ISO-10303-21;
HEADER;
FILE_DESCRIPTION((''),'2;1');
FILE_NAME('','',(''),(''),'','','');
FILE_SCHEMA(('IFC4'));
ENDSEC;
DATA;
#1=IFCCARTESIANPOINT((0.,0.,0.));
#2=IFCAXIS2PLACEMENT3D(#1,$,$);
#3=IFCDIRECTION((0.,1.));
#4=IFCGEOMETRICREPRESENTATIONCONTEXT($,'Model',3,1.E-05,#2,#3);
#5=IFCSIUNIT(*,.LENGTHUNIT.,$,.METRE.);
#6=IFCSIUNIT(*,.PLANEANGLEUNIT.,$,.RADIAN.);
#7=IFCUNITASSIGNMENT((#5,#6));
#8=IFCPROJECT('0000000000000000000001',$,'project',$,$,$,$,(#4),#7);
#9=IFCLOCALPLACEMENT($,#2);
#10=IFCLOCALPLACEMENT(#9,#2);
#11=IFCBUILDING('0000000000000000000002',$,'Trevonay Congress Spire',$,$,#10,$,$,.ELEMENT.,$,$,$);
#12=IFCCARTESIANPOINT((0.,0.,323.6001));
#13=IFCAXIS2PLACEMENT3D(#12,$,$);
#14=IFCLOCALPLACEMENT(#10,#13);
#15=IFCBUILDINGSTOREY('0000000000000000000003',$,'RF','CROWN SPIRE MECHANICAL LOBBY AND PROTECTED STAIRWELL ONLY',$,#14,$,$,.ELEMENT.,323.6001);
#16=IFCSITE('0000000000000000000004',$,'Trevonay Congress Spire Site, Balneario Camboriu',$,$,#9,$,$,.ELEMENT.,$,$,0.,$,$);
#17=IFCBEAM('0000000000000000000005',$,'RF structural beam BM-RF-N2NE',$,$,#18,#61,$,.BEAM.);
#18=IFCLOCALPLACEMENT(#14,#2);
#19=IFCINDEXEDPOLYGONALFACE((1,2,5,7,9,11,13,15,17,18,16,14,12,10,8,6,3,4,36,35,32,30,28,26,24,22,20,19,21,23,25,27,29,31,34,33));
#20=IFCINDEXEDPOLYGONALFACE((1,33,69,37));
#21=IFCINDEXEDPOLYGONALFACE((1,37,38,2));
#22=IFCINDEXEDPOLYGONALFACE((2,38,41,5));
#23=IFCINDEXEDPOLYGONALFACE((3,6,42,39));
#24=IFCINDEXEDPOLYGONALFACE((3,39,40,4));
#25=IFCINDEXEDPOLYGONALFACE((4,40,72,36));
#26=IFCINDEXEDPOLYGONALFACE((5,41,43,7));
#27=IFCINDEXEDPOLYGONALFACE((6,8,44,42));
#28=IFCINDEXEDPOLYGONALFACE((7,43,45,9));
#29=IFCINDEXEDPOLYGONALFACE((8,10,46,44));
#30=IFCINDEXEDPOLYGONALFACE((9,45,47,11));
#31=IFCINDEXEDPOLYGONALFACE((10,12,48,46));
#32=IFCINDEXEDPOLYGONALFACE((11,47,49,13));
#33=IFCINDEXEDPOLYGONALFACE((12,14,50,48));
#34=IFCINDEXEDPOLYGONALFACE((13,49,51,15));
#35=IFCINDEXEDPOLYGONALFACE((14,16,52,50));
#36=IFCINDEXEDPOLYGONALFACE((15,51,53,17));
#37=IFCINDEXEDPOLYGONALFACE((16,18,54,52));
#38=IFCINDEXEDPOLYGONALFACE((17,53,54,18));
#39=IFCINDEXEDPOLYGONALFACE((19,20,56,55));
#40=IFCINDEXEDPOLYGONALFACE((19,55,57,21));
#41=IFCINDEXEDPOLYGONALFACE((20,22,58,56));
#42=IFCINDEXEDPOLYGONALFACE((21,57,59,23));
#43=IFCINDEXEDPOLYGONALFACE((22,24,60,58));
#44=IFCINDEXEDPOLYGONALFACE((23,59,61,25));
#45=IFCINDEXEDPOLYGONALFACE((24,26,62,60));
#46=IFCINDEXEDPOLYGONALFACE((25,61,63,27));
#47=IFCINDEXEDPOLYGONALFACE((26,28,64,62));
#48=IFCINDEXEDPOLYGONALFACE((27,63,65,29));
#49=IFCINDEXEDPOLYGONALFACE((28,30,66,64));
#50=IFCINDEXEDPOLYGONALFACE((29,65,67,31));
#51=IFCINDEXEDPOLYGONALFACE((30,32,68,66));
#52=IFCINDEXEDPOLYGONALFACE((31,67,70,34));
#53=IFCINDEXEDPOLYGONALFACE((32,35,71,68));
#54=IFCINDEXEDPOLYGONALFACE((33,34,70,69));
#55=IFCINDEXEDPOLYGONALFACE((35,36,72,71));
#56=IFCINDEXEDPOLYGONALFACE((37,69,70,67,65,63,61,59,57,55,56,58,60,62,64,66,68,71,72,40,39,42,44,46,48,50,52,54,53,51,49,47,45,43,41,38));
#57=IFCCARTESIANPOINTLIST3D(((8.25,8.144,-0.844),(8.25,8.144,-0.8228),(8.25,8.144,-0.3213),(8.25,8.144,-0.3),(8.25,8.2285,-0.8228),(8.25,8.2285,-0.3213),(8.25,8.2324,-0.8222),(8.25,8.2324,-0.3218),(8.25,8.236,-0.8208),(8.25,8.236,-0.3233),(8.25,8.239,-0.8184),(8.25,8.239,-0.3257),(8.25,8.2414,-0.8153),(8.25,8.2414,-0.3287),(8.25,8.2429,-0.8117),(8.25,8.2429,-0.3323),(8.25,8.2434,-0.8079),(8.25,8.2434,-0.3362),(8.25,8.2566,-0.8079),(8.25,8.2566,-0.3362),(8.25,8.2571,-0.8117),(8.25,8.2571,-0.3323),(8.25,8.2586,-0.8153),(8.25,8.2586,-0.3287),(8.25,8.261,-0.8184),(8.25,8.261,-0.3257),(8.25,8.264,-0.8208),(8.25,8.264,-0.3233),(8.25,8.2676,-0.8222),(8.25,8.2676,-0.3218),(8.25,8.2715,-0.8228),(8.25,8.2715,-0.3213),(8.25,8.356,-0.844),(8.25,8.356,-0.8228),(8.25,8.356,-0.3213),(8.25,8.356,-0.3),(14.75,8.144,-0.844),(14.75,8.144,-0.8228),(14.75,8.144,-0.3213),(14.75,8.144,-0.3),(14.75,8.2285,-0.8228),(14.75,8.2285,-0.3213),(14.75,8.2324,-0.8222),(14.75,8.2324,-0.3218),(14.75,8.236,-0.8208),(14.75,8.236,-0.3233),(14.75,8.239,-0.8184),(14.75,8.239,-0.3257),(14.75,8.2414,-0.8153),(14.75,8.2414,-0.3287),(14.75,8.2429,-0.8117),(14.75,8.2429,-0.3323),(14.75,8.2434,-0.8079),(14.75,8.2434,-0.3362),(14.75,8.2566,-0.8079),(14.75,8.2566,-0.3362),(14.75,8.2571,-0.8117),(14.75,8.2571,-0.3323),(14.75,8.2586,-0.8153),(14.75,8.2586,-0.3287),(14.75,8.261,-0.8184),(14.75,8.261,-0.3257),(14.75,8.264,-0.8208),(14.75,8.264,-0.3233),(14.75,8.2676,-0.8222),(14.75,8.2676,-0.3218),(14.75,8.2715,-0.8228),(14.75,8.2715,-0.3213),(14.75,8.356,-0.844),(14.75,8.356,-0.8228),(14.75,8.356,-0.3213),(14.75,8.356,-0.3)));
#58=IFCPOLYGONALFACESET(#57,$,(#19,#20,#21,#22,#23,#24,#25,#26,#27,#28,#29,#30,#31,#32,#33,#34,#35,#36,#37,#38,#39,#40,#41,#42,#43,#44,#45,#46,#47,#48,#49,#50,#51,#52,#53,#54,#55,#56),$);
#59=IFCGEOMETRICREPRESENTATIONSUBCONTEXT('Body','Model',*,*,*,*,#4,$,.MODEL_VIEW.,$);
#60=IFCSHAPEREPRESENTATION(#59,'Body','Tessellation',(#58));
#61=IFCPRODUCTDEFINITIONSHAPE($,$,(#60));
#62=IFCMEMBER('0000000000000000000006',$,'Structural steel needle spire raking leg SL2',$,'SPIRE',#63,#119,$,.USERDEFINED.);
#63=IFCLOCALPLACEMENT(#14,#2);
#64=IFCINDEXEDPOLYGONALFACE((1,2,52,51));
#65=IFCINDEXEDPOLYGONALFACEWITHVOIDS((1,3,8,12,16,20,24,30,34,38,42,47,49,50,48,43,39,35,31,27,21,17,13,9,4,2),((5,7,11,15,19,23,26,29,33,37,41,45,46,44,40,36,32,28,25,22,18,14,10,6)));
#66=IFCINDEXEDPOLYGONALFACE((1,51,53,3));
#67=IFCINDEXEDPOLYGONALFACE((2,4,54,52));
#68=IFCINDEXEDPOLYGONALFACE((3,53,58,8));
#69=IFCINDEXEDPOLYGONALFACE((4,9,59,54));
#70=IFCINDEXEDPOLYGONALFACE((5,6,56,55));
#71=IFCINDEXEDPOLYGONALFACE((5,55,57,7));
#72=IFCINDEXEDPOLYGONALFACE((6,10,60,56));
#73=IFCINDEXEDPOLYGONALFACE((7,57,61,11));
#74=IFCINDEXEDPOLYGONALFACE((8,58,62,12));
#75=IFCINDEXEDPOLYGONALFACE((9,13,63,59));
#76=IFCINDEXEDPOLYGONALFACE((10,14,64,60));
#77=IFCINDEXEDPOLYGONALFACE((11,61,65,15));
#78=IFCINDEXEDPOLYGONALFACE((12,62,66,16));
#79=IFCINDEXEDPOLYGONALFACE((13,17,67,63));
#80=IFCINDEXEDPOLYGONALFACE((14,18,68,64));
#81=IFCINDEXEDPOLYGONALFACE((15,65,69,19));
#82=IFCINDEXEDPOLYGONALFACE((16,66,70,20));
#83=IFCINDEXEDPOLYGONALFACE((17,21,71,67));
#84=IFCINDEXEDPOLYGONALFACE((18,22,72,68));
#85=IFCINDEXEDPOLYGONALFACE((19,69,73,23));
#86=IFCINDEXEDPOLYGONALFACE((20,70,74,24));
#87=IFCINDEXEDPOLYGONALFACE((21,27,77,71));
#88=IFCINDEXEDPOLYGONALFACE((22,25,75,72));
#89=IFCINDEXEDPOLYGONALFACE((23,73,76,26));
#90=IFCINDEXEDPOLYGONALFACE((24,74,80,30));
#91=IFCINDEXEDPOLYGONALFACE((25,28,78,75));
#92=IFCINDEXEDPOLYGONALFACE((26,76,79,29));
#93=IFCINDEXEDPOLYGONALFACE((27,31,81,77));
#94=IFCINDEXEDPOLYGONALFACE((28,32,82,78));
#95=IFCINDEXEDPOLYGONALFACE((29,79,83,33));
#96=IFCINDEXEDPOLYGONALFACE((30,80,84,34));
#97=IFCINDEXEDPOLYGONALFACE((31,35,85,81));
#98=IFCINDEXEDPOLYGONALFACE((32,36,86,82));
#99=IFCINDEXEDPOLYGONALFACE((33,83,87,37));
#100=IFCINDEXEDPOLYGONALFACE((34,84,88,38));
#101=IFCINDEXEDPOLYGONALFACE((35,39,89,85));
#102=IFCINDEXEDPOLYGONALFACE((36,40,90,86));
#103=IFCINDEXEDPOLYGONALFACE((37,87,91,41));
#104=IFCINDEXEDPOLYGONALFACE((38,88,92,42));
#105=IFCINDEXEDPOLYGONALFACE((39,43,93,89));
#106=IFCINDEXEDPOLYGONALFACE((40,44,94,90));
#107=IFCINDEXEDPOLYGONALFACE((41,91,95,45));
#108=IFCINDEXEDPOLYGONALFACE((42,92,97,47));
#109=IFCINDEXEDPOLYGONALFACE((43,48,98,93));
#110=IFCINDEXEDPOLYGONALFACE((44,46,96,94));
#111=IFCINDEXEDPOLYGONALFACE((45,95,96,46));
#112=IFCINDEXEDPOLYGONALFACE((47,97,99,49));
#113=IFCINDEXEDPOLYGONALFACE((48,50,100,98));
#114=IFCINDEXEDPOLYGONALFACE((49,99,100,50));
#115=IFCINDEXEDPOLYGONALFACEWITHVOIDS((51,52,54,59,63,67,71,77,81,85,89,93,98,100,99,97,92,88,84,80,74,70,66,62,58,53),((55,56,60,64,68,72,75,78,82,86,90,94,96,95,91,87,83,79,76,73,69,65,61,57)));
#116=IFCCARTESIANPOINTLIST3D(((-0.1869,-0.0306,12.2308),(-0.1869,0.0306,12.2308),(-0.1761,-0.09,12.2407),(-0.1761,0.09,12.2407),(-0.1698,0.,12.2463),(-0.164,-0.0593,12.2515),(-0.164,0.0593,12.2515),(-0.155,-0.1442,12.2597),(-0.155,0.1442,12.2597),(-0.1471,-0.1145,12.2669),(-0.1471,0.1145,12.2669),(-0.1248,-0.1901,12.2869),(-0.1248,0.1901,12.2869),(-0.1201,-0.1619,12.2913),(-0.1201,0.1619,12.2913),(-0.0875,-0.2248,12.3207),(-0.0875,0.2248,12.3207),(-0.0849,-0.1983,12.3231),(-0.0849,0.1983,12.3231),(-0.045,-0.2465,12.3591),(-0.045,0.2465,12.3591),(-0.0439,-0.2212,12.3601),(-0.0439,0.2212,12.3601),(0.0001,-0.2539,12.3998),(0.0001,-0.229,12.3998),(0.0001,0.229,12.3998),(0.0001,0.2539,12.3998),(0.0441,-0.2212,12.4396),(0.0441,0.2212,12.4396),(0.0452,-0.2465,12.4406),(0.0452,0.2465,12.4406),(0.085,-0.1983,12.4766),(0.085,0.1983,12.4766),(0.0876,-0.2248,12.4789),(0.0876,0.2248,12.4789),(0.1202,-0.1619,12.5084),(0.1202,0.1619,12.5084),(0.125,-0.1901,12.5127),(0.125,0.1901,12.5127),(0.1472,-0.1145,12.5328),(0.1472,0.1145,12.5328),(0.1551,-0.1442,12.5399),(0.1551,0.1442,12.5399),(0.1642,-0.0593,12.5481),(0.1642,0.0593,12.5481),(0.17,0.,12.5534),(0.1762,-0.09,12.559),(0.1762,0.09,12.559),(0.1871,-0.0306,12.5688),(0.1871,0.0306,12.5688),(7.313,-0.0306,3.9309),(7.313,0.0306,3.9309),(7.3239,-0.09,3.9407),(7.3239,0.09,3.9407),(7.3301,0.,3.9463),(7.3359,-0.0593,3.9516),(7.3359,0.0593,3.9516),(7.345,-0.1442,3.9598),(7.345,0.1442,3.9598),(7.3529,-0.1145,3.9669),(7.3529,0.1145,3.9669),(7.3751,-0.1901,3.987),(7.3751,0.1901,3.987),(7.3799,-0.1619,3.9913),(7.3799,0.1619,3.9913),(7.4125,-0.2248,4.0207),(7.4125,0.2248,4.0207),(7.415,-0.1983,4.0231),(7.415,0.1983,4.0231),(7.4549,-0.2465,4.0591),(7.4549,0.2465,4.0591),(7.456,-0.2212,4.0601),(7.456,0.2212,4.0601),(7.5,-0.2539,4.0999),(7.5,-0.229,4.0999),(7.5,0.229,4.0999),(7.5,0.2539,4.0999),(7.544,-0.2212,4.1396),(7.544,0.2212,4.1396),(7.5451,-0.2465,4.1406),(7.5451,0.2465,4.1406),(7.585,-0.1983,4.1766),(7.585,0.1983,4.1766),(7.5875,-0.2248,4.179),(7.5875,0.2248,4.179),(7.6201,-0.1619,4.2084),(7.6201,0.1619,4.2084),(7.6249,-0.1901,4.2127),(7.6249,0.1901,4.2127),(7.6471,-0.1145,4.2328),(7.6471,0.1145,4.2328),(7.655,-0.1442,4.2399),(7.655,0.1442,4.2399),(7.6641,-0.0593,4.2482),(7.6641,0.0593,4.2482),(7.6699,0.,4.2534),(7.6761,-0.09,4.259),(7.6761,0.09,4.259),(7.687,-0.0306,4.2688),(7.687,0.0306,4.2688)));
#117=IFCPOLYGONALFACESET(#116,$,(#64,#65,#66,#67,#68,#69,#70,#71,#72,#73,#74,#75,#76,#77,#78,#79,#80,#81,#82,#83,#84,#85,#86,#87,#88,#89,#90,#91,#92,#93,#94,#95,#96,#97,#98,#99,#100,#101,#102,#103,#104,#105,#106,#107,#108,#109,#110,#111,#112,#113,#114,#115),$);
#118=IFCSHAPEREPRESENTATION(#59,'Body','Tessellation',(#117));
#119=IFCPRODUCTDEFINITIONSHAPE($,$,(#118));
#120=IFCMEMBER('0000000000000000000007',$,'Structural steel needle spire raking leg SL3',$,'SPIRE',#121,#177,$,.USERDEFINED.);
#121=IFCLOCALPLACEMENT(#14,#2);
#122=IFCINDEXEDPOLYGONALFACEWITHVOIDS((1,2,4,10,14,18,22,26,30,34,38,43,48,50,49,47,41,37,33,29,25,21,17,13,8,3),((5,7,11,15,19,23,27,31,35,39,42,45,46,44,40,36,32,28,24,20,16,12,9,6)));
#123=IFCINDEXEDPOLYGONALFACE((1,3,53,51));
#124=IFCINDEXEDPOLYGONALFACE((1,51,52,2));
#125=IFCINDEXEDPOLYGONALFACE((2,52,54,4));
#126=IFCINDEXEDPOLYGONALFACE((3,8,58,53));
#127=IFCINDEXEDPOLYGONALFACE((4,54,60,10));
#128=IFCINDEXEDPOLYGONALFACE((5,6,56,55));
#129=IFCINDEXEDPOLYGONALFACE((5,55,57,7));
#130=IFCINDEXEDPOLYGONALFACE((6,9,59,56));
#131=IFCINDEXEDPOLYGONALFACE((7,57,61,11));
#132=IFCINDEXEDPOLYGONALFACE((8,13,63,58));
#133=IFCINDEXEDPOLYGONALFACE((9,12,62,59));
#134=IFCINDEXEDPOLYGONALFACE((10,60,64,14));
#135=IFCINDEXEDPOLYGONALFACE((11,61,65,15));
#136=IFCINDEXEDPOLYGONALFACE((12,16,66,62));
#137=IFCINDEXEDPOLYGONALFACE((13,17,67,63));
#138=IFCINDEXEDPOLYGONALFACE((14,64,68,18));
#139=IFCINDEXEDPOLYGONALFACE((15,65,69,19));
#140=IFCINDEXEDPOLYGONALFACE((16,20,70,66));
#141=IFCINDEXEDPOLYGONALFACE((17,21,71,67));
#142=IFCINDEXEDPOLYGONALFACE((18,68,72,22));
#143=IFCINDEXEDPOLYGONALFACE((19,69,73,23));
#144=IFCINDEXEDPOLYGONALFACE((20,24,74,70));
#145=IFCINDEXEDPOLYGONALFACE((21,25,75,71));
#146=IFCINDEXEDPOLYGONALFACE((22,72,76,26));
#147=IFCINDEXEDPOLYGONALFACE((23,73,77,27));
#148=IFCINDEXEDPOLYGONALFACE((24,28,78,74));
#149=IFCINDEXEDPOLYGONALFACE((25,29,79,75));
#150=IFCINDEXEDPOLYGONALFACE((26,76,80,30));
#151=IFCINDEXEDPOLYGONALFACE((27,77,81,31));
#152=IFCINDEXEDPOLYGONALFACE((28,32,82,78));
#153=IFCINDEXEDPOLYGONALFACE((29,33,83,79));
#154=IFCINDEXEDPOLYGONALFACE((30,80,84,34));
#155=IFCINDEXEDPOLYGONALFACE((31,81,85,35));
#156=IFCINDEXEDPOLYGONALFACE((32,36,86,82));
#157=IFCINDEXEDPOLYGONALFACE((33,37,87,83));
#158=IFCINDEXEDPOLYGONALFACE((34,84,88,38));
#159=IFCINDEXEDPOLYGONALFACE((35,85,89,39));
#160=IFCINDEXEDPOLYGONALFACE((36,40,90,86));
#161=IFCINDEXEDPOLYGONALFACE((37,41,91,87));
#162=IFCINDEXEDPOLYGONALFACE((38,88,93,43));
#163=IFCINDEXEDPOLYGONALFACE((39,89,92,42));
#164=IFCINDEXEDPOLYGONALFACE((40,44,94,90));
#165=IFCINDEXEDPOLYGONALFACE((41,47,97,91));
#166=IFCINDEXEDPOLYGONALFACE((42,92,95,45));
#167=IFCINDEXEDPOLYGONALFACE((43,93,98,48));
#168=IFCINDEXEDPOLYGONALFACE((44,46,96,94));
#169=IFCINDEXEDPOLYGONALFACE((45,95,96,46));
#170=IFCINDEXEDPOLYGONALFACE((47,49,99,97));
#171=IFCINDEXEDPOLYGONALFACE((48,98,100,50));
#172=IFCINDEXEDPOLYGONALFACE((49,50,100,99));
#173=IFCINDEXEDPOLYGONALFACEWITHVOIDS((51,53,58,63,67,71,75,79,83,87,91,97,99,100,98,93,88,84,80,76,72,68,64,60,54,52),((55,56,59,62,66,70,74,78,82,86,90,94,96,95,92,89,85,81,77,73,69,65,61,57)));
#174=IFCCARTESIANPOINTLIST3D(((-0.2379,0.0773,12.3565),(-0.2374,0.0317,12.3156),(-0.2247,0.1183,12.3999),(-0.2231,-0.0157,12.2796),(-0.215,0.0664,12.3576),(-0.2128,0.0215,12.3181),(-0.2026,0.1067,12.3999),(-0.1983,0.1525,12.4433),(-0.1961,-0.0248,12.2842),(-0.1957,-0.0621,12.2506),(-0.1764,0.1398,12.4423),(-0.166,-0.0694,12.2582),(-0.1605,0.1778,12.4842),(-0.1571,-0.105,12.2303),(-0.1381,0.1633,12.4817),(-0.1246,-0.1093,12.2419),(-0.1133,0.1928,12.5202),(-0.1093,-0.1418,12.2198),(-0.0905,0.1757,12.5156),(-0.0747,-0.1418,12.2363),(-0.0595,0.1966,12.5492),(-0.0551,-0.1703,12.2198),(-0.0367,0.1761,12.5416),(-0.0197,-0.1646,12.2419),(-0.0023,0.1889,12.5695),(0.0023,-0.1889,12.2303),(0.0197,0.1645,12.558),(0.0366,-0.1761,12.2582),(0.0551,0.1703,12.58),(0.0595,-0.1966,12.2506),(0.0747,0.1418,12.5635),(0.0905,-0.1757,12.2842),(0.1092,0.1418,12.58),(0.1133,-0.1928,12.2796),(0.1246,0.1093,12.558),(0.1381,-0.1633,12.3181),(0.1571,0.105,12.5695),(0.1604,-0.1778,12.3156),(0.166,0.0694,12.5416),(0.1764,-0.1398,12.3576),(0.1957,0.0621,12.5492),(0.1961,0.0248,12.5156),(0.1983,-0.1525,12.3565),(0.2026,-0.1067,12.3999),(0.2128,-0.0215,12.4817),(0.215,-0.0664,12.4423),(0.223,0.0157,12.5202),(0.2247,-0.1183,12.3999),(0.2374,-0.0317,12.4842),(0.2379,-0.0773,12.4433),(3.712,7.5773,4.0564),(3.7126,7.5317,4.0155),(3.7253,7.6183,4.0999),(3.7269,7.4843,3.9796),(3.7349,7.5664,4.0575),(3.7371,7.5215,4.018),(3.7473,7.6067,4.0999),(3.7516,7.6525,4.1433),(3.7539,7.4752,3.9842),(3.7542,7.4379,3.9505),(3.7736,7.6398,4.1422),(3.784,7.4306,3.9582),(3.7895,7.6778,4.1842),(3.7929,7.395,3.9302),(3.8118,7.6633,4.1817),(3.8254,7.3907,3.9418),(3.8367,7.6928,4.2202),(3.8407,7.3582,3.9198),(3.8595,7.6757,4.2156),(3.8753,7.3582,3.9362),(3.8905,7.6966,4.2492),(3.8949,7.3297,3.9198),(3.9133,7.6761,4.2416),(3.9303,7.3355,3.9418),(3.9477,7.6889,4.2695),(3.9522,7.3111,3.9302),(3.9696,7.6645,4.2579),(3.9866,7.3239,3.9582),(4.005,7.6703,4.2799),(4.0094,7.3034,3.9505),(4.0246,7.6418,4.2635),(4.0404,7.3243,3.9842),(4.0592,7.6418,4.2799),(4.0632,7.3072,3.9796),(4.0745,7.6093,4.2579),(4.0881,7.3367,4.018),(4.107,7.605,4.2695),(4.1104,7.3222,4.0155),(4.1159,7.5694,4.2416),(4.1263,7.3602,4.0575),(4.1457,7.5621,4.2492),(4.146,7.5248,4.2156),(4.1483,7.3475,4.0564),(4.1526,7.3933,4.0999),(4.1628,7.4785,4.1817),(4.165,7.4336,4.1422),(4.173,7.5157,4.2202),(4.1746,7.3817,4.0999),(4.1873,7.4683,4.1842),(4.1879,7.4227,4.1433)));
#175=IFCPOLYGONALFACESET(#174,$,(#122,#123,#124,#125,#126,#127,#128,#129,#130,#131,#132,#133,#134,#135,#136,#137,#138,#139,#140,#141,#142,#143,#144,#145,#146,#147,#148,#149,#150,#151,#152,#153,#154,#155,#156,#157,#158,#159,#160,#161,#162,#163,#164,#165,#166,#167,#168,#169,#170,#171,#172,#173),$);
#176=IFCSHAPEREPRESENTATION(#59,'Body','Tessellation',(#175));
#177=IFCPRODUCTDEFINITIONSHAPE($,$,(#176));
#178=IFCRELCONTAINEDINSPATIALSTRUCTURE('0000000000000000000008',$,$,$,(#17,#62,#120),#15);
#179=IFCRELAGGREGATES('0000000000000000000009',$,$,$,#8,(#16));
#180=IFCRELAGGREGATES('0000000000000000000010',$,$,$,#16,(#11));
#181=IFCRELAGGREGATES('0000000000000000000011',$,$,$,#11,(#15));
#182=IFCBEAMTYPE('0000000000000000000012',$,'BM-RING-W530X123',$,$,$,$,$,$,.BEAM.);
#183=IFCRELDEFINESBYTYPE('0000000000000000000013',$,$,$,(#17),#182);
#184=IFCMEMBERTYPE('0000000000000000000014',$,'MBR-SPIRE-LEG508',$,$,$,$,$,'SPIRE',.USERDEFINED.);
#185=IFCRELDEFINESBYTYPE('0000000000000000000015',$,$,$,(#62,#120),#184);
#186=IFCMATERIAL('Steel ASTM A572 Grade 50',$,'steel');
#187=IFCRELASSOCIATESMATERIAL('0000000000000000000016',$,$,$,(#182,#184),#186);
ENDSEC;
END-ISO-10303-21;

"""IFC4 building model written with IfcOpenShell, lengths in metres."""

from ifc_helpers import new_model, si_unit, direction, frame, origin, origin_2d, place, context, subcontext, project, spatial, hollow_circle, i_section, extrude, material, material_profile, profile_set, type_object, element, save


model = new_model("IFC4")

# Units and contexts
model_context = context("Model", 3, precision=1e-05, world=origin(), true_north=direction((0.0, 1.0)))
body_context = subcontext(model_context, "Body", "Model", "MODEL_VIEW")
ifc_project = project(units=[si_unit("LENGTHUNIT", "METRE"), si_unit("PLANEANGLEUNIT", "RADIAN")], contexts=[model_context])

# Site, building, storey
site_placement = place(None, origin())
site = spatial("IfcSite", under=ifc_project, at=site_placement, Name="Trevonay Congress Spire Site, Balneario Camboriu", CompositionType="ELEMENT", RefElevation=0.0)
building_placement = place(site_placement, origin())
building = spatial("IfcBuilding", under=site, at=building_placement, Name="Trevonay Congress Spire", CompositionType="ELEMENT")
storey_placement = place(building_placement, frame((0.0, 0.0, 323.6001)))
storey = spatial("IfcBuildingStorey", under=building, at=storey_placement, Name="RF", Description="CROWN SPIRE MECHANICAL LOBBY AND PROTECTED STAIRWELL ONLY", CompositionType="ELEMENT", Elevation=323.6001)

# Shared definitions
ifc_material_1 = material(Name="Steel ASTM A572 Grade 50", Category="steel")

# Beam
ifc_material_profile_1 = material_profile(ifc_material_1, i_section(OverallWidth=0.2119, OverallDepth=0.5439, WebThickness=0.0132, FlangeThickness=0.0212, FilletRadius=0.0149, at=origin_2d()), Name="W530x123")
ifc_profile_set_1 = profile_set([ifc_material_profile_1], Name="Steel ASTM A572 Grade 50")
beam_type_1 = type_object("IfcBeamType", Name="BM-RING-W530X123", PredefinedType="BEAM", material=ifc_profile_set_1)
for number, where, z_axis, x_axis, name in (
    (1, (14.75, 8.25, -0.572), (-1.0, 0.0, 0.0), (0.0, -1.0, 0.0), "RF structural beam BM-RF-N2NE"),
):
    element("IfcBeam", number, at=place(storey_placement, frame(where, z_axis=z_axis, x_axis=x_axis)), inside=storey, type_object=beam_type_1, Name=name, PredefinedType="BEAM", context=body_context, shape_type="SweptSolid", body=[
        extrude(i_section(OverallWidth=0.2119, OverallDepth=0.5439, WebThickness=0.0132, FlangeThickness=0.0212, FilletRadius=0.0149, at=origin_2d()), origin(), (0.0, 0.0, 1.0), 6.5),
    ])

# Members
ifc_material_profile_2 = material_profile(ifc_material_1, hollow_circle(Radius=0.2539, WallThickness=0.0249, at=origin_2d()), Name="CHS 508x25")
ifc_profile_set_2 = profile_set([ifc_material_profile_2], Name="Steel ASTM A572 Grade 50")
member_type_1 = type_object("IfcMemberType", Name="MBR-SPIRE-LEG508", ElementType="SPIRE", PredefinedType="USERDEFINED", material=ifc_profile_set_2)
member_1_placement = place(storey_placement, frame((7.5, 0.0, 4.0999), z_axis=(-0.670443, 0.0, 0.741961), x_axis=(0.0, -1.0, 0.0)))
element("IfcMember", 2, at=member_1_placement, inside=storey, type_object=member_type_1, Name="Structural steel needle spire raking leg SL2", ObjectType="SPIRE", PredefinedType="USERDEFINED", context=body_context, shape_type="SweptSolid", body=[
    extrude(hollow_circle(Radius=0.2539, WallThickness=0.0249, at=origin_2d()), origin(), (0.0, 0.0, 1.0), 11.1865),
])
member_2_placement = place(storey_placement, frame((3.95, 7.5, 4.0999), z_axis=(-0.33295, -0.632191, 0.699628), x_axis=(0.884793, -0.465985, 0.0)))
element("IfcMember", 3, at=member_2_placement, inside=storey, type_object=member_type_1, Name="Structural steel needle spire raking leg SL3", ObjectType="SPIRE", PredefinedType="USERDEFINED", context=body_context, shape_type="SweptSolid", body=[
    extrude(hollow_circle(Radius=0.2539, WallThickness=0.0249, at=origin_2d()), origin(), (0.0, 0.0, 1.0), 11.8635),
])

save(model, "model.ifc")
